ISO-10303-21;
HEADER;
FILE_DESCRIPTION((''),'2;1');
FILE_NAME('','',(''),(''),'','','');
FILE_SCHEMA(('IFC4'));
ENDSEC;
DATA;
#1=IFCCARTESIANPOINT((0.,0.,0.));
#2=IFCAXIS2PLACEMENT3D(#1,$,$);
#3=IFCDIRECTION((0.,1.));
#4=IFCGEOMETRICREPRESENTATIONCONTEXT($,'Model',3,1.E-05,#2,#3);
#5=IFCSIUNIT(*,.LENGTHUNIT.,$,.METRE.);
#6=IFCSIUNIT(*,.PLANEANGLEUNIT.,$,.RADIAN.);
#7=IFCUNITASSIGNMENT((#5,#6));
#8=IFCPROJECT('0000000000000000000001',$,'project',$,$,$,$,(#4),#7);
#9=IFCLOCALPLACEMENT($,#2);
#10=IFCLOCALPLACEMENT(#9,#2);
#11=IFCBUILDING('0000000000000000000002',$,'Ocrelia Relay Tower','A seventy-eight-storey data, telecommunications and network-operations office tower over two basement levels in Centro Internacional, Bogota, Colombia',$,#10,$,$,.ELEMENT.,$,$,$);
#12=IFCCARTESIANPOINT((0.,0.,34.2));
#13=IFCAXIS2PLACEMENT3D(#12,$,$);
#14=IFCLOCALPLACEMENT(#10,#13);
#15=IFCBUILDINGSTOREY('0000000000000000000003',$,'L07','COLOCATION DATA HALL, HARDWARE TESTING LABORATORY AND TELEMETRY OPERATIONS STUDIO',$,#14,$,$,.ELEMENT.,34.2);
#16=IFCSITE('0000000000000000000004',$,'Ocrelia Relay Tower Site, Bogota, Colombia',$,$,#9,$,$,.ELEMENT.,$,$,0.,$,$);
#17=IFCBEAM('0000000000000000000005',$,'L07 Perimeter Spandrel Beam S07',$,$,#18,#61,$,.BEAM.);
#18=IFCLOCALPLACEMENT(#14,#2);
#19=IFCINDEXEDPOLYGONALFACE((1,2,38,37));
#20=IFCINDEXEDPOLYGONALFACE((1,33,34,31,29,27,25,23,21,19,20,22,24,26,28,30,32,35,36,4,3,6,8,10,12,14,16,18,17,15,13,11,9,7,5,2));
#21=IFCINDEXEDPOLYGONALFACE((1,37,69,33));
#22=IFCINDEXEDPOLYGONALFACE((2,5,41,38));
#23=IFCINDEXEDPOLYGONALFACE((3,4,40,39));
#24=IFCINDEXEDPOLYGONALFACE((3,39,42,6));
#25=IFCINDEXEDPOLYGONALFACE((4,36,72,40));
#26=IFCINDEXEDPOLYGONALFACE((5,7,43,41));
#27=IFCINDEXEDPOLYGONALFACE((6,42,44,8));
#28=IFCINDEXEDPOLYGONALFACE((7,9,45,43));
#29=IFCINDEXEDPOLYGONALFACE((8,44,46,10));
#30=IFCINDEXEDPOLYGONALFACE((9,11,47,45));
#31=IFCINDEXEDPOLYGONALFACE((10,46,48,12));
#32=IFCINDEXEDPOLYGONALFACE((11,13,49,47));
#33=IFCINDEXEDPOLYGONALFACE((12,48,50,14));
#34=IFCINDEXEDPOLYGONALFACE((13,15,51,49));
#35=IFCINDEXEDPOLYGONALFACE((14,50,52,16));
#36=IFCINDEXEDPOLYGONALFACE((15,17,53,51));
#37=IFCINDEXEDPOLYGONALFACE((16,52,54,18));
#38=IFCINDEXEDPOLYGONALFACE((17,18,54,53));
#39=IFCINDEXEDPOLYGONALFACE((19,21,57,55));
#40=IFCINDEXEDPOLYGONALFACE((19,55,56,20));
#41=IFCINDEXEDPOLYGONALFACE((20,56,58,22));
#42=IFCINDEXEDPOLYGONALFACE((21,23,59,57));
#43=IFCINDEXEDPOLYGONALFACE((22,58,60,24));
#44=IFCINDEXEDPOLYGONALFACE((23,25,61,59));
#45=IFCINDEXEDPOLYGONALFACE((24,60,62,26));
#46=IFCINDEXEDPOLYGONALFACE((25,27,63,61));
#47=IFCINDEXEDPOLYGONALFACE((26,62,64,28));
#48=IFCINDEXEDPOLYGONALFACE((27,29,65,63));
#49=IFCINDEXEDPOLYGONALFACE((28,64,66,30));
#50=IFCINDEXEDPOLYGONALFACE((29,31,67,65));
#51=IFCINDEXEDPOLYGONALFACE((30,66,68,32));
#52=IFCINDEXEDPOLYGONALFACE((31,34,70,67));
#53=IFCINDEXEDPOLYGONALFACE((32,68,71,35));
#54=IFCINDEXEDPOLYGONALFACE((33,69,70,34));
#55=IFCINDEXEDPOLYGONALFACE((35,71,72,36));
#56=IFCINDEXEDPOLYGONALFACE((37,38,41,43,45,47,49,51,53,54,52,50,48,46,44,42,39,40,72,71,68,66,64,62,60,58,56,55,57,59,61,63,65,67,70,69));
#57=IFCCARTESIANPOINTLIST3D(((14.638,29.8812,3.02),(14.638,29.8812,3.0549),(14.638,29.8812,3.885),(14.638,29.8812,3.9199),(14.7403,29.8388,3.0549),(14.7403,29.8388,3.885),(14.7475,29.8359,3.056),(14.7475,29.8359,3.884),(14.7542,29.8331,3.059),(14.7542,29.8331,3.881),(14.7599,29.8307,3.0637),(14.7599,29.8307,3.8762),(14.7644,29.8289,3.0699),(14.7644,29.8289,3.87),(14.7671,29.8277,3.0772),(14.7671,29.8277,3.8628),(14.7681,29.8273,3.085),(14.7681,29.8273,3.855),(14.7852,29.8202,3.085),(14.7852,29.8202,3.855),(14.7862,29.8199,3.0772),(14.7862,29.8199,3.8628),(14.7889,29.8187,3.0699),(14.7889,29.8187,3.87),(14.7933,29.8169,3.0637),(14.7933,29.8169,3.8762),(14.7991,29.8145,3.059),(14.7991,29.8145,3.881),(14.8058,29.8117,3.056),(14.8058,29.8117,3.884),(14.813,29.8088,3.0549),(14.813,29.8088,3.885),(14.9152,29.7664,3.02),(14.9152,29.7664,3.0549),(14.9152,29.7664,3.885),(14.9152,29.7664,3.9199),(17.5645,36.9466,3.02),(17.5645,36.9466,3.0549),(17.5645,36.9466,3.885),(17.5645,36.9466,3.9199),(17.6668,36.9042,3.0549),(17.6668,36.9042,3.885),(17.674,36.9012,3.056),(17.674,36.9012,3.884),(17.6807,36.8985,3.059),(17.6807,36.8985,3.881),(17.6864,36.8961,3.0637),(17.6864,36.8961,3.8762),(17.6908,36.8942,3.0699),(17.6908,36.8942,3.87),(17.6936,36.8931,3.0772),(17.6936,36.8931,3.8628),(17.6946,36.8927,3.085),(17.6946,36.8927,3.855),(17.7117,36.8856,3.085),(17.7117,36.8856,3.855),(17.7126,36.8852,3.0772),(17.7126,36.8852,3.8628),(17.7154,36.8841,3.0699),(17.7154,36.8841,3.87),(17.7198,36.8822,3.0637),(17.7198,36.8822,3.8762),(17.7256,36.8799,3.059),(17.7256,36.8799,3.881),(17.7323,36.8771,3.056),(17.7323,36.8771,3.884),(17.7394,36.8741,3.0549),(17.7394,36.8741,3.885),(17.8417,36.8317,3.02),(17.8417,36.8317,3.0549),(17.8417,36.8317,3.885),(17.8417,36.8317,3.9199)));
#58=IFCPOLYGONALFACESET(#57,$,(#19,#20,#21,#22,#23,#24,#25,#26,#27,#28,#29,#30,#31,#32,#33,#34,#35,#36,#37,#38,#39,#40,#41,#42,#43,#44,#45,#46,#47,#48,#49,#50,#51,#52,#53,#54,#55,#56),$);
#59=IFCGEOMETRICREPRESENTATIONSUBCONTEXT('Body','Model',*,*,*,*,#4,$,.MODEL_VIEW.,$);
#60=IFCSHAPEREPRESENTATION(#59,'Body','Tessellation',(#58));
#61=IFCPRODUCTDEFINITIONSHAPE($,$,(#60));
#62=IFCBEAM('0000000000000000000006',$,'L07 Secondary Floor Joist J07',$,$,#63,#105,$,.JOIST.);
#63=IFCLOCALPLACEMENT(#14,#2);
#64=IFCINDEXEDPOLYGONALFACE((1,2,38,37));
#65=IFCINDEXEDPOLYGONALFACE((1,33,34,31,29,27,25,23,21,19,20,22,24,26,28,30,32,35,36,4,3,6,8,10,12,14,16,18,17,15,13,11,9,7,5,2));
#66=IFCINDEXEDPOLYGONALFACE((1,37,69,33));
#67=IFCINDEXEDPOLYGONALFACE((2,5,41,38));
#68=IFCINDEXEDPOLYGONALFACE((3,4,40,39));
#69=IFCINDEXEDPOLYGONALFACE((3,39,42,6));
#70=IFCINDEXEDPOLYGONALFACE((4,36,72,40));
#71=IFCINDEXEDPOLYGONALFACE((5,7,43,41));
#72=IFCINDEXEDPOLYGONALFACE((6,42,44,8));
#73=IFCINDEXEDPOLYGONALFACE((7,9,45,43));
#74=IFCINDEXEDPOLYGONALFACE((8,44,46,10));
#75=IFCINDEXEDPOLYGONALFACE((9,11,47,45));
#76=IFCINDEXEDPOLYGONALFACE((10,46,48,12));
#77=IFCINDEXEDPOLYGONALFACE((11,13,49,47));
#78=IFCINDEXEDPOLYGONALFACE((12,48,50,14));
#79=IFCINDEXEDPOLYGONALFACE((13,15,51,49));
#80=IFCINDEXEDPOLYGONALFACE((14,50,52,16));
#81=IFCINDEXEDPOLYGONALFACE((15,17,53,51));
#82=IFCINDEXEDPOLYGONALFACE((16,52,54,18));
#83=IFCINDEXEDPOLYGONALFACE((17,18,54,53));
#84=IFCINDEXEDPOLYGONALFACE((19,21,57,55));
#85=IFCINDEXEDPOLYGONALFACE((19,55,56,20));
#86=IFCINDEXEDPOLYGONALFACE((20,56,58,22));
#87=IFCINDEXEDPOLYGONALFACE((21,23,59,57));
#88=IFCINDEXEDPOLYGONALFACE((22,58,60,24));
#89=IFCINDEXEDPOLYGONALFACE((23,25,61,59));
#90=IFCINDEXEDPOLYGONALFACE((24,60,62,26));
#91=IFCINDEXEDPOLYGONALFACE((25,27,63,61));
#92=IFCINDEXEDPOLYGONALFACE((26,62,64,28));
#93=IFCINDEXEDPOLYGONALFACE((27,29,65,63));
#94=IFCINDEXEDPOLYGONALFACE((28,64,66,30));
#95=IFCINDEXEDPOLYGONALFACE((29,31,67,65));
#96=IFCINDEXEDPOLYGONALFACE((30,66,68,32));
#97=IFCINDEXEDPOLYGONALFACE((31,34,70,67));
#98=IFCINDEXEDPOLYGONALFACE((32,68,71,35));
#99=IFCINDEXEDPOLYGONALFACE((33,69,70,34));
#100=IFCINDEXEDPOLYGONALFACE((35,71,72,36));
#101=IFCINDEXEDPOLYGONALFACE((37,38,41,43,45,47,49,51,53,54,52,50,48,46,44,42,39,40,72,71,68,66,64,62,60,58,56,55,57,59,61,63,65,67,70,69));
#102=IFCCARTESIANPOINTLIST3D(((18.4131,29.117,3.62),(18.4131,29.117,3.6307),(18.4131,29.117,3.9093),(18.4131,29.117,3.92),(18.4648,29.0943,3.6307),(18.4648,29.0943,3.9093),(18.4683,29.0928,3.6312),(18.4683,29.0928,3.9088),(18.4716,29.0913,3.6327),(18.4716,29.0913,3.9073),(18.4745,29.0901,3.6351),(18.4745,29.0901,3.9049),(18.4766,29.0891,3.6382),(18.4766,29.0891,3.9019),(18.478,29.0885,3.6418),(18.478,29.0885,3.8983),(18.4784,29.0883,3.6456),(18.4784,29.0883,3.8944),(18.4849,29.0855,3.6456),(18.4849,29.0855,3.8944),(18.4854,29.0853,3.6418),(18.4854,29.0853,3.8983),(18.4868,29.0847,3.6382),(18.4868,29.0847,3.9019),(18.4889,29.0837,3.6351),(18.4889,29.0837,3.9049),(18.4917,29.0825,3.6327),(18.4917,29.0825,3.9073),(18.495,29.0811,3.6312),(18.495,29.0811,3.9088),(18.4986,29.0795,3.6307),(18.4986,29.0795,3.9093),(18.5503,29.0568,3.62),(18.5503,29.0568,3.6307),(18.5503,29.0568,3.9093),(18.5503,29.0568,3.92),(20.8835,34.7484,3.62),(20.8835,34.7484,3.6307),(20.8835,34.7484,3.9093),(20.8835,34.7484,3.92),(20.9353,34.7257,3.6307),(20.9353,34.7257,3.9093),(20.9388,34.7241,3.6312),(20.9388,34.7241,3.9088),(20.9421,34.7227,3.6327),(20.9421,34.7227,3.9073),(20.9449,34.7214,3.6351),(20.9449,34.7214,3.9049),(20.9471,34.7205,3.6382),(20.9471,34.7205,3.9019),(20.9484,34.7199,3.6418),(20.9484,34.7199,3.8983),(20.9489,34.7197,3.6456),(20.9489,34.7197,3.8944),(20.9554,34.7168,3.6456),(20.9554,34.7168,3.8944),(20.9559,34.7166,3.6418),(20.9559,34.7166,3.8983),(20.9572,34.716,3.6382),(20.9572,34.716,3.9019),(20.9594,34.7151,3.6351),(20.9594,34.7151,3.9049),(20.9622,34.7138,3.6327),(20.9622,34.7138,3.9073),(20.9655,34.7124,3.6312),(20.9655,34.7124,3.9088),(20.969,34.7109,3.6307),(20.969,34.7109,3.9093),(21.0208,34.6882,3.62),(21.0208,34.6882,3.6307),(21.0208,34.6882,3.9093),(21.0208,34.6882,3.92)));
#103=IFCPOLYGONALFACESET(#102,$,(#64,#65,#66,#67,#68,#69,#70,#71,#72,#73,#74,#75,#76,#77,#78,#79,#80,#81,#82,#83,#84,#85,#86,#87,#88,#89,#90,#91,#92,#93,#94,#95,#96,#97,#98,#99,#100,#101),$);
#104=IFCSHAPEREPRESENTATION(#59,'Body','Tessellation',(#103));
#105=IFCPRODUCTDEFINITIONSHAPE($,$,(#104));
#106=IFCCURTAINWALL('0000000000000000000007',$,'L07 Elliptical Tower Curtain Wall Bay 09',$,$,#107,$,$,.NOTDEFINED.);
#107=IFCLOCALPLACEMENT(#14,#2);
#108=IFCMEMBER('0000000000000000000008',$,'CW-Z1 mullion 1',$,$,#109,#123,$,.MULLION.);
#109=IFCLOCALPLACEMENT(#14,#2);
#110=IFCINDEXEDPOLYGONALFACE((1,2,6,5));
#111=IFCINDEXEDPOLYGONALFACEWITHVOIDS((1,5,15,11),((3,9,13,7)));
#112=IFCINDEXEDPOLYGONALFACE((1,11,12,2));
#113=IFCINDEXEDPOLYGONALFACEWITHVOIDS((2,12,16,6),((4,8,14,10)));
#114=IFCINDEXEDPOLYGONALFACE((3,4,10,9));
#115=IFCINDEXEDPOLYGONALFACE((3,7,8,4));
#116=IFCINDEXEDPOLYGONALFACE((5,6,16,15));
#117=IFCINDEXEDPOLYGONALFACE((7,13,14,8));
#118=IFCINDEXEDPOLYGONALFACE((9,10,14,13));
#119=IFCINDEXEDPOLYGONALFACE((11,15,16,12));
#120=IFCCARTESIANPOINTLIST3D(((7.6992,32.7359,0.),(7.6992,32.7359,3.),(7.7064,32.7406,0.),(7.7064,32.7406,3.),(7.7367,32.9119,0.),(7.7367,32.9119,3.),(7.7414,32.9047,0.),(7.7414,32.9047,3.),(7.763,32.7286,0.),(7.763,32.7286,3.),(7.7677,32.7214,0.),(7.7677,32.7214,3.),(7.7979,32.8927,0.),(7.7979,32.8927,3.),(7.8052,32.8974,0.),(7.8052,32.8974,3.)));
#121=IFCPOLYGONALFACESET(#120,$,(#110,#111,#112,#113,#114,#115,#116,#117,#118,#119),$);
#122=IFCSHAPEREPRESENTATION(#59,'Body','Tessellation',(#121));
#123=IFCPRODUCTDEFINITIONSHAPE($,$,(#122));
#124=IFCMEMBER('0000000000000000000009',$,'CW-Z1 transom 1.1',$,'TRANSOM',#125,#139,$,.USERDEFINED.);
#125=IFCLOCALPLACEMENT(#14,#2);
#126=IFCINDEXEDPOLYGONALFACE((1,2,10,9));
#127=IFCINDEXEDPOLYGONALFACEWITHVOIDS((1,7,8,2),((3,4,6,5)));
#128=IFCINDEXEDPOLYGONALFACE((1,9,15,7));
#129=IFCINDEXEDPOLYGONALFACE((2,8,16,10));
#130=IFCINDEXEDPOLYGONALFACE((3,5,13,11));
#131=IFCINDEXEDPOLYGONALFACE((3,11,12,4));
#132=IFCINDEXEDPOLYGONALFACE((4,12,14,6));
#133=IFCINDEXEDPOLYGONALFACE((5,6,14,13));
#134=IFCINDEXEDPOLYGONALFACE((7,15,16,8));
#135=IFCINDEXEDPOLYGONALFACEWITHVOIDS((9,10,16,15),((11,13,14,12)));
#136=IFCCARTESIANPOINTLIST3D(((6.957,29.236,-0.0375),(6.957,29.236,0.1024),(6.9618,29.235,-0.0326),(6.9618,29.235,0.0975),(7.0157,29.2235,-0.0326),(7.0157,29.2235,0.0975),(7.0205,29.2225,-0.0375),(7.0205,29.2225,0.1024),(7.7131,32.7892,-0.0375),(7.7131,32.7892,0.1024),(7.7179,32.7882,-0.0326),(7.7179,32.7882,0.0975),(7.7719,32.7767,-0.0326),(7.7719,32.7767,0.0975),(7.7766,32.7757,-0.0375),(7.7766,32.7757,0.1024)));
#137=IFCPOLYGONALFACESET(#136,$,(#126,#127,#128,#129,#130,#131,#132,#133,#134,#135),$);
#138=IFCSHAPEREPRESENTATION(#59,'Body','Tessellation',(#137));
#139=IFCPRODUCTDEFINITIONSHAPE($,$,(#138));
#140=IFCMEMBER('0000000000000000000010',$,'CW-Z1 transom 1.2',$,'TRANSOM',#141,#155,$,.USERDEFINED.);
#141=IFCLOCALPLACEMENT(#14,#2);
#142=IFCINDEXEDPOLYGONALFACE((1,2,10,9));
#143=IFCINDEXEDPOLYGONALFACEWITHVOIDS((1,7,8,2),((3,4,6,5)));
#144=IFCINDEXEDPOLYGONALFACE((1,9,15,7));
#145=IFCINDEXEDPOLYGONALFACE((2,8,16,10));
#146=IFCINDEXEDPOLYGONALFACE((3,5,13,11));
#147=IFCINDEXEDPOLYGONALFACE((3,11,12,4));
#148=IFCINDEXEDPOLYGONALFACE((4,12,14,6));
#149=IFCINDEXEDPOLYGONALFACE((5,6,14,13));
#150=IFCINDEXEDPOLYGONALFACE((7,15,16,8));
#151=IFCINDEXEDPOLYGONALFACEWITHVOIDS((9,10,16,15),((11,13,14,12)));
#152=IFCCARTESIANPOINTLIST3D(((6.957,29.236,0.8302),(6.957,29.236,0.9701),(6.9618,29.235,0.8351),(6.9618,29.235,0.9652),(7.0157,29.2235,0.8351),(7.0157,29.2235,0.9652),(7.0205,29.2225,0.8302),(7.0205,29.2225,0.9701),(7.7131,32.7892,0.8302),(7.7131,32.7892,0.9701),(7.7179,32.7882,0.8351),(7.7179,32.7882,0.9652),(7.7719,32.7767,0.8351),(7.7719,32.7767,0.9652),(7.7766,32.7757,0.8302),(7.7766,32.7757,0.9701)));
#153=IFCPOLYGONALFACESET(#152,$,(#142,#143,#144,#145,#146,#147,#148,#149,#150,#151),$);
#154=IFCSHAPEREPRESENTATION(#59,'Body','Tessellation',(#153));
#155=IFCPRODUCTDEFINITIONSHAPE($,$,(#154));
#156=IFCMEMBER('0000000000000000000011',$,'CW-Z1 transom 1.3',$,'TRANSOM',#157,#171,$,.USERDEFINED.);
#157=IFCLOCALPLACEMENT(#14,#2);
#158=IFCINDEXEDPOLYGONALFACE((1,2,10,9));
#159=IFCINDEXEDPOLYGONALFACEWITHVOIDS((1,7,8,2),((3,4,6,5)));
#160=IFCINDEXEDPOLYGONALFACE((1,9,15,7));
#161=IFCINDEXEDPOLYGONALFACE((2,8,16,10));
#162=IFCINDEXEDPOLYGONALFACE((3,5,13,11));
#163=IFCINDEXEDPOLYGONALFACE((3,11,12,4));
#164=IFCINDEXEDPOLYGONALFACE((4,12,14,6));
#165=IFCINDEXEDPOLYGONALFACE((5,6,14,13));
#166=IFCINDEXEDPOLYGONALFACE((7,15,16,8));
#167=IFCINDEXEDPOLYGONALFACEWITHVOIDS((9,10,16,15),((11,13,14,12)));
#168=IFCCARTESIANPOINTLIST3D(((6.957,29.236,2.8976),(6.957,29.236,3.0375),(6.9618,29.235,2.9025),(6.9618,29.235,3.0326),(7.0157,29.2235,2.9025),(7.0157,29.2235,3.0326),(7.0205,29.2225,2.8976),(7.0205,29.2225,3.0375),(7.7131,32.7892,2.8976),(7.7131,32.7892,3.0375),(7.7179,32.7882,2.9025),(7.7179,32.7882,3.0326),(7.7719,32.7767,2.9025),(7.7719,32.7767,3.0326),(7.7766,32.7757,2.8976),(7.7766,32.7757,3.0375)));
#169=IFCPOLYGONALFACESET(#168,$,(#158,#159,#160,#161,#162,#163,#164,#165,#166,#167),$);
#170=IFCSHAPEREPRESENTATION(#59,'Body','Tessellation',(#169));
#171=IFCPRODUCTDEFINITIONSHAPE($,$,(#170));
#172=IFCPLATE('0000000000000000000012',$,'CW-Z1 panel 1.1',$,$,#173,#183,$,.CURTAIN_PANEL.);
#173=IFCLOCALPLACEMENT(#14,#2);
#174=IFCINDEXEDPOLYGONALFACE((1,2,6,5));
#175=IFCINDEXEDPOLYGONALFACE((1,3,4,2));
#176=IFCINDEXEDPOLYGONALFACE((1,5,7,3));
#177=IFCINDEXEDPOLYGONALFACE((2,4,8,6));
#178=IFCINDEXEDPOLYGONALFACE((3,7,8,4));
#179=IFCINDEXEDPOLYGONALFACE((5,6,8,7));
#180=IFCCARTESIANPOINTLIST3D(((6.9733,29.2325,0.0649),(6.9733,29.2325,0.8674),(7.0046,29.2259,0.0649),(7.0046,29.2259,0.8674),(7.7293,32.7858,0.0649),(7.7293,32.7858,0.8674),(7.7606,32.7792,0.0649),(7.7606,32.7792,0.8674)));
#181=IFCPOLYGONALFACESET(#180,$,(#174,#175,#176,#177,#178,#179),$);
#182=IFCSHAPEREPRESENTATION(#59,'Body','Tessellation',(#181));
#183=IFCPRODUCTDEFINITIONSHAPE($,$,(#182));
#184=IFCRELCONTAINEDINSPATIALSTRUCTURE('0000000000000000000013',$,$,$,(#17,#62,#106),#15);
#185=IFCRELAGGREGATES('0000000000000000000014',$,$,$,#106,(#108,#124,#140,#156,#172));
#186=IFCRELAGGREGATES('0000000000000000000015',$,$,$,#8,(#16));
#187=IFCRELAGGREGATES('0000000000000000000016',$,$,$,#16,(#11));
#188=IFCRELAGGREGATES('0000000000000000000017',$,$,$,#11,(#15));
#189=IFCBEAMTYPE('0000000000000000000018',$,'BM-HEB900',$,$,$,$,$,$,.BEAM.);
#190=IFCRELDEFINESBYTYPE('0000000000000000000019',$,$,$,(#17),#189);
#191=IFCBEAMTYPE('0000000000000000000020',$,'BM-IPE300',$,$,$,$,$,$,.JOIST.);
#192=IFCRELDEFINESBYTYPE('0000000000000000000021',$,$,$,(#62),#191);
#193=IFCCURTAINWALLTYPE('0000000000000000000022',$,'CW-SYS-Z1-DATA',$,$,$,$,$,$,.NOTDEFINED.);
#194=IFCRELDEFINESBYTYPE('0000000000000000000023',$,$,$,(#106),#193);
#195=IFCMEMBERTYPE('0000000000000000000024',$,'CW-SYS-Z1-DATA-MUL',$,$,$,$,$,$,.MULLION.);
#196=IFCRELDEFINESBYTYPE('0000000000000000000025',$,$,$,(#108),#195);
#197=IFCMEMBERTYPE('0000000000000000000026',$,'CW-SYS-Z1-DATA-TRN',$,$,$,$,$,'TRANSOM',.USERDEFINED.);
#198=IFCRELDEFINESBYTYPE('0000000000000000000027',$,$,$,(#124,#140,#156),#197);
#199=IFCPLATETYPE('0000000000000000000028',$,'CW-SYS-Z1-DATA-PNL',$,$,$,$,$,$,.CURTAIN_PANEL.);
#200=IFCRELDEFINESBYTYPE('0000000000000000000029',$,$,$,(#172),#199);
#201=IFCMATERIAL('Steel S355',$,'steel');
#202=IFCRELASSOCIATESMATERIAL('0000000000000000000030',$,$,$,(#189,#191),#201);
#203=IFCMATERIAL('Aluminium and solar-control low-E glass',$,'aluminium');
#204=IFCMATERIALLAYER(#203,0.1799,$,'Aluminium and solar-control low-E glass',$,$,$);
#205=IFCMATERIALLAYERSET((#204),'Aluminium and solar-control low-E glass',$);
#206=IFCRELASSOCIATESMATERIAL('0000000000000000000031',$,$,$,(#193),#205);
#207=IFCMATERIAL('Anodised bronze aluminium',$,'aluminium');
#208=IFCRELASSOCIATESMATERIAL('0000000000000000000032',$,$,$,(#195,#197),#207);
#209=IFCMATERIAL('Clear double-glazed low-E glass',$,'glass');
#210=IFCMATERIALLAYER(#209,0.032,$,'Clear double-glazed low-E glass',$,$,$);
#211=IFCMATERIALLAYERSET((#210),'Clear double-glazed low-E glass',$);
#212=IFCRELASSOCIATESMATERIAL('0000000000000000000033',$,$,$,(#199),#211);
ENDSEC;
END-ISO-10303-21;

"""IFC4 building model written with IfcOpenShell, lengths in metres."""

from ifc_helpers import new_model, si_unit, direction, frame, origin, origin_2d, place, context, subcontext, project, spatial, rectangle, hollow_rectangle, i_section, extrude, material, layer, layer_set, material_profile, profile_set, type_object, element, aggregate, save


model = new_model("IFC4")

# Units and contexts
model_context = context("Model", 3, precision=1e-05, world=origin(), true_north=direction((0.0, 1.0)))
body_context = subcontext(model_context, "Body", "Model", "MODEL_VIEW")
ifc_project = project(units=[si_unit("LENGTHUNIT", "METRE"), si_unit("PLANEANGLEUNIT", "RADIAN")], contexts=[model_context])

# Site, building, storey
site_placement = place(None, origin())
site = spatial("IfcSite", under=ifc_project, at=site_placement, Name="Ocrelia Relay Tower Site, Bogota, Colombia", CompositionType="ELEMENT", RefElevation=0.0)
building_placement = place(site_placement, origin())
building = spatial("IfcBuilding", under=site, at=building_placement, Name="Ocrelia Relay Tower", Description="A seventy-eight-storey data, telecommunications and network-operations office tower over two basement levels in Centro Internacional, Bogota, Colombia", CompositionType="ELEMENT")
storey_placement = place(building_placement, frame((0.0, 0.0, 34.2)))
storey = spatial("IfcBuildingStorey", under=building, at=storey_placement, Name="L07", Description="COLOCATION DATA HALL, HARDWARE TESTING LABORATORY AND TELEMETRY OPERATIONS STUDIO", CompositionType="ELEMENT", Elevation=34.2)

# Beams
ifc_material_1 = material(Name="Steel S355", Category="steel")
ifc_material_profile_1 = material_profile(ifc_material_1, i_section(OverallWidth=0.3, OverallDepth=0.8999, WebThickness=0.0186, FlangeThickness=0.0349, FilletRadius=0.03, at=origin_2d()), Name="HEB 900")
ifc_profile_set_1 = profile_set([ifc_material_profile_1], Name="Steel S355")
beam_type_1 = type_object("IfcBeamType", Name="BM-HEB900", PredefinedType="BEAM", material=ifc_profile_set_1)
beam_1_placement = place(storey_placement, frame((17.7031, 36.8892, 3.47), z_axis=(-0.382674, -0.923883, 0.0), x_axis=(0.923883, -0.382674, 0.0)))
element("IfcBeam", 1, at=beam_1_placement, inside=storey, type_object=beam_type_1, Name="L07 Perimeter Spandrel Beam S07", PredefinedType="BEAM", context=body_context, shape_type="SweptSolid", body=[
    extrude(i_section(OverallWidth=0.3, OverallDepth=0.8999, WebThickness=0.0186, FlangeThickness=0.0349, FilletRadius=0.03, at=origin_2d()), origin(), (0.0, 0.0, 1.0), 7.6475),
])
ifc_material_profile_2 = material_profile(ifc_material_1, i_section(OverallWidth=0.1499, OverallDepth=0.3, WebThickness=0.0071, FlangeThickness=0.0107, FilletRadius=0.0149, at=origin_2d()), Name="IPE 300")
ifc_profile_set_2 = profile_set([ifc_material_profile_2], Name="Steel S355")
beam_type_2 = type_object("IfcBeamType", Name="BM-IPE300", PredefinedType="JOIST", material=ifc_profile_set_2)
beam_2_placement = place(storey_placement, frame((20.9521, 34.7183, 3.77), z_axis=(-0.401739, -0.915754, 0.0), x_axis=(0.915754, -0.401739, 0.0)))
element("IfcBeam", 2, at=beam_2_placement, inside=storey, type_object=beam_type_2, Name="L07 Secondary Floor Joist J07", PredefinedType="JOIST", context=body_context, shape_type="SweptSolid", body=[
    extrude(i_section(OverallWidth=0.1499, OverallDepth=0.3, WebThickness=0.0071, FlangeThickness=0.0107, FilletRadius=0.0149, at=origin_2d()), origin(), (0.0, 0.0, 1.0), 6.1494),
])

# Curtain wall, members, plate
ifc_material_2 = material(Name="Aluminium and solar-control low-E glass", Category="aluminium")
ifc_layer_1 = layer(ifc_material_2, 0.1799, Name="Aluminium and solar-control low-E glass")
ifc_layer_set_1 = layer_set([ifc_layer_1], Name="Aluminium and solar-control low-E glass")
curtain_wall_type = type_object("IfcCurtainWallType", Name="CW-SYS-Z1-DATA", PredefinedType="NOTDEFINED", material=ifc_layer_set_1)
curtain_wall_placement = place(storey_placement, origin())
curtain_wall = element("IfcCurtainWall", 3, at=curtain_wall_placement, inside=storey, type_object=curtain_wall_type, Name="L07 Elliptical Tower Curtain Wall Bay 09", PredefinedType="NOTDEFINED")
ifc_material_3 = material(Name="Anodised bronze aluminium", Category="aluminium")
ifc_material_profile_3 = material_profile(ifc_material_3, hollow_rectangle(XDim=0.0701, YDim=0.1799, WallThickness=0.0061, at=origin_2d()), Name="CW-MUL-180x70")
ifc_profile_set_3 = profile_set([ifc_material_profile_3], Name="Anodised bronze aluminium")
member_type_1 = type_object("IfcMemberType", Name="CW-SYS-Z1-DATA-MUL", PredefinedType="MULLION", material=ifc_profile_set_3)
member_1_placement = place(storey_placement, frame((7.7522, 32.8167, 0.0), z_axis=(0.0, 0.0, 1.0), x_axis=(0.978109, -0.208095, 0.0)))
member_1 = element("IfcMember", 4, at=member_1_placement, type_object=member_type_1, Name="CW-Z1 mullion 1", PredefinedType="MULLION", context=body_context, shape_type="SweptSolid", body=[
    extrude(hollow_rectangle(XDim=0.0701, YDim=0.1799, WallThickness=0.0061, at=origin_2d()), origin(), (0.0, 0.0, 1.0), 3.0),
])
ifc_material_profile_4 = material_profile(ifc_material_3, hollow_rectangle(XDim=0.0649, YDim=0.1399, WallThickness=0.0049, at=origin_2d()), Name="CW-TRN-140x65")
ifc_profile_set_4 = profile_set([ifc_material_profile_4], Name="Anodised bronze aluminium")
member_type_2 = type_object("IfcMemberType", Name="CW-SYS-Z1-DATA-TRN", ElementType="TRANSOM", PredefinedType="USERDEFINED", material=ifc_profile_set_4)
member_2_placement = place(storey_placement, frame((7.7449, 32.7825, 0.0325), z_axis=(-0.208134, -0.9781, 0.0), x_axis=(0.9781, -0.208134, 0.0)))
member_2 = element("IfcMember", 5, at=member_2_placement, type_object=member_type_2, Name="CW-Z1 transom 1.1", ObjectType="TRANSOM", PredefinedType="USERDEFINED", context=body_context, shape_type="SweptSolid", body=[
    extrude(hollow_rectangle(XDim=0.0649, YDim=0.1399, WallThickness=0.0049, at=origin_2d()), origin(), (0.0, 0.0, 1.0), 3.6328),
])
member_3_placement = place(storey_placement, frame((7.7449, 32.7825, 0.9001), z_axis=(-0.208134, -0.9781, 0.0), x_axis=(0.9781, -0.208134, 0.0)))
member_3 = element("IfcMember", 6, at=member_3_placement, type_object=member_type_2, Name="CW-Z1 transom 1.2", ObjectType="TRANSOM", PredefinedType="USERDEFINED", context=body_context, shape_type="SweptSolid", body=[
    extrude(hollow_rectangle(XDim=0.0649, YDim=0.1399, WallThickness=0.0049, at=origin_2d()), origin(), (0.0, 0.0, 1.0), 3.6328),
])
member_4_placement = place(storey_placement, frame((7.7449, 32.7825, 2.9675), z_axis=(-0.208134, -0.9781, 0.0), x_axis=(0.9781, -0.208134, 0.0)))
member_4 = element("IfcMember", 7, at=member_4_placement, type_object=member_type_2, Name="CW-Z1 transom 1.3", ObjectType="TRANSOM", PredefinedType="USERDEFINED", context=body_context, shape_type="SweptSolid", body=[
    extrude(hollow_rectangle(XDim=0.0649, YDim=0.1399, WallThickness=0.0049, at=origin_2d()), origin(), (0.0, 0.0, 1.0), 3.6328),
])
ifc_material_4 = material(Name="Clear double-glazed low-E glass", Category="glass")
ifc_layer_2 = layer(ifc_material_4, 0.032, Name="Clear double-glazed low-E glass")
ifc_layer_set_2 = layer_set([ifc_layer_2], Name="Clear double-glazed low-E glass")
plate_type = type_object("IfcPlateType", Name="CW-SYS-Z1-DATA-PNL", PredefinedType="CURTAIN_PANEL", material=ifc_layer_set_2)
plate_1_placement = place(storey_placement, frame((7.3669, 31.0059, 0.0649), z_axis=(0.0, 0.0, 1.0), x_axis=(-0.208095, -0.978109, 0.0)))
plate_1 = element("IfcPlate", 8, at=plate_1_placement, type_object=plate_type, Name="CW-Z1 panel 1.1", PredefinedType="CURTAIN_PANEL", context=body_context, shape_type="SweptSolid", body=[
    extrude(rectangle(XDim=3.6328, YDim=0.032, at=origin_2d()), origin(), (0.0, 0.0, 1.0), 0.8025),
])
aggregate(curtain_wall, [member_1, member_2, member_3, member_4, plate_1])

save(model, "model.ifc")
